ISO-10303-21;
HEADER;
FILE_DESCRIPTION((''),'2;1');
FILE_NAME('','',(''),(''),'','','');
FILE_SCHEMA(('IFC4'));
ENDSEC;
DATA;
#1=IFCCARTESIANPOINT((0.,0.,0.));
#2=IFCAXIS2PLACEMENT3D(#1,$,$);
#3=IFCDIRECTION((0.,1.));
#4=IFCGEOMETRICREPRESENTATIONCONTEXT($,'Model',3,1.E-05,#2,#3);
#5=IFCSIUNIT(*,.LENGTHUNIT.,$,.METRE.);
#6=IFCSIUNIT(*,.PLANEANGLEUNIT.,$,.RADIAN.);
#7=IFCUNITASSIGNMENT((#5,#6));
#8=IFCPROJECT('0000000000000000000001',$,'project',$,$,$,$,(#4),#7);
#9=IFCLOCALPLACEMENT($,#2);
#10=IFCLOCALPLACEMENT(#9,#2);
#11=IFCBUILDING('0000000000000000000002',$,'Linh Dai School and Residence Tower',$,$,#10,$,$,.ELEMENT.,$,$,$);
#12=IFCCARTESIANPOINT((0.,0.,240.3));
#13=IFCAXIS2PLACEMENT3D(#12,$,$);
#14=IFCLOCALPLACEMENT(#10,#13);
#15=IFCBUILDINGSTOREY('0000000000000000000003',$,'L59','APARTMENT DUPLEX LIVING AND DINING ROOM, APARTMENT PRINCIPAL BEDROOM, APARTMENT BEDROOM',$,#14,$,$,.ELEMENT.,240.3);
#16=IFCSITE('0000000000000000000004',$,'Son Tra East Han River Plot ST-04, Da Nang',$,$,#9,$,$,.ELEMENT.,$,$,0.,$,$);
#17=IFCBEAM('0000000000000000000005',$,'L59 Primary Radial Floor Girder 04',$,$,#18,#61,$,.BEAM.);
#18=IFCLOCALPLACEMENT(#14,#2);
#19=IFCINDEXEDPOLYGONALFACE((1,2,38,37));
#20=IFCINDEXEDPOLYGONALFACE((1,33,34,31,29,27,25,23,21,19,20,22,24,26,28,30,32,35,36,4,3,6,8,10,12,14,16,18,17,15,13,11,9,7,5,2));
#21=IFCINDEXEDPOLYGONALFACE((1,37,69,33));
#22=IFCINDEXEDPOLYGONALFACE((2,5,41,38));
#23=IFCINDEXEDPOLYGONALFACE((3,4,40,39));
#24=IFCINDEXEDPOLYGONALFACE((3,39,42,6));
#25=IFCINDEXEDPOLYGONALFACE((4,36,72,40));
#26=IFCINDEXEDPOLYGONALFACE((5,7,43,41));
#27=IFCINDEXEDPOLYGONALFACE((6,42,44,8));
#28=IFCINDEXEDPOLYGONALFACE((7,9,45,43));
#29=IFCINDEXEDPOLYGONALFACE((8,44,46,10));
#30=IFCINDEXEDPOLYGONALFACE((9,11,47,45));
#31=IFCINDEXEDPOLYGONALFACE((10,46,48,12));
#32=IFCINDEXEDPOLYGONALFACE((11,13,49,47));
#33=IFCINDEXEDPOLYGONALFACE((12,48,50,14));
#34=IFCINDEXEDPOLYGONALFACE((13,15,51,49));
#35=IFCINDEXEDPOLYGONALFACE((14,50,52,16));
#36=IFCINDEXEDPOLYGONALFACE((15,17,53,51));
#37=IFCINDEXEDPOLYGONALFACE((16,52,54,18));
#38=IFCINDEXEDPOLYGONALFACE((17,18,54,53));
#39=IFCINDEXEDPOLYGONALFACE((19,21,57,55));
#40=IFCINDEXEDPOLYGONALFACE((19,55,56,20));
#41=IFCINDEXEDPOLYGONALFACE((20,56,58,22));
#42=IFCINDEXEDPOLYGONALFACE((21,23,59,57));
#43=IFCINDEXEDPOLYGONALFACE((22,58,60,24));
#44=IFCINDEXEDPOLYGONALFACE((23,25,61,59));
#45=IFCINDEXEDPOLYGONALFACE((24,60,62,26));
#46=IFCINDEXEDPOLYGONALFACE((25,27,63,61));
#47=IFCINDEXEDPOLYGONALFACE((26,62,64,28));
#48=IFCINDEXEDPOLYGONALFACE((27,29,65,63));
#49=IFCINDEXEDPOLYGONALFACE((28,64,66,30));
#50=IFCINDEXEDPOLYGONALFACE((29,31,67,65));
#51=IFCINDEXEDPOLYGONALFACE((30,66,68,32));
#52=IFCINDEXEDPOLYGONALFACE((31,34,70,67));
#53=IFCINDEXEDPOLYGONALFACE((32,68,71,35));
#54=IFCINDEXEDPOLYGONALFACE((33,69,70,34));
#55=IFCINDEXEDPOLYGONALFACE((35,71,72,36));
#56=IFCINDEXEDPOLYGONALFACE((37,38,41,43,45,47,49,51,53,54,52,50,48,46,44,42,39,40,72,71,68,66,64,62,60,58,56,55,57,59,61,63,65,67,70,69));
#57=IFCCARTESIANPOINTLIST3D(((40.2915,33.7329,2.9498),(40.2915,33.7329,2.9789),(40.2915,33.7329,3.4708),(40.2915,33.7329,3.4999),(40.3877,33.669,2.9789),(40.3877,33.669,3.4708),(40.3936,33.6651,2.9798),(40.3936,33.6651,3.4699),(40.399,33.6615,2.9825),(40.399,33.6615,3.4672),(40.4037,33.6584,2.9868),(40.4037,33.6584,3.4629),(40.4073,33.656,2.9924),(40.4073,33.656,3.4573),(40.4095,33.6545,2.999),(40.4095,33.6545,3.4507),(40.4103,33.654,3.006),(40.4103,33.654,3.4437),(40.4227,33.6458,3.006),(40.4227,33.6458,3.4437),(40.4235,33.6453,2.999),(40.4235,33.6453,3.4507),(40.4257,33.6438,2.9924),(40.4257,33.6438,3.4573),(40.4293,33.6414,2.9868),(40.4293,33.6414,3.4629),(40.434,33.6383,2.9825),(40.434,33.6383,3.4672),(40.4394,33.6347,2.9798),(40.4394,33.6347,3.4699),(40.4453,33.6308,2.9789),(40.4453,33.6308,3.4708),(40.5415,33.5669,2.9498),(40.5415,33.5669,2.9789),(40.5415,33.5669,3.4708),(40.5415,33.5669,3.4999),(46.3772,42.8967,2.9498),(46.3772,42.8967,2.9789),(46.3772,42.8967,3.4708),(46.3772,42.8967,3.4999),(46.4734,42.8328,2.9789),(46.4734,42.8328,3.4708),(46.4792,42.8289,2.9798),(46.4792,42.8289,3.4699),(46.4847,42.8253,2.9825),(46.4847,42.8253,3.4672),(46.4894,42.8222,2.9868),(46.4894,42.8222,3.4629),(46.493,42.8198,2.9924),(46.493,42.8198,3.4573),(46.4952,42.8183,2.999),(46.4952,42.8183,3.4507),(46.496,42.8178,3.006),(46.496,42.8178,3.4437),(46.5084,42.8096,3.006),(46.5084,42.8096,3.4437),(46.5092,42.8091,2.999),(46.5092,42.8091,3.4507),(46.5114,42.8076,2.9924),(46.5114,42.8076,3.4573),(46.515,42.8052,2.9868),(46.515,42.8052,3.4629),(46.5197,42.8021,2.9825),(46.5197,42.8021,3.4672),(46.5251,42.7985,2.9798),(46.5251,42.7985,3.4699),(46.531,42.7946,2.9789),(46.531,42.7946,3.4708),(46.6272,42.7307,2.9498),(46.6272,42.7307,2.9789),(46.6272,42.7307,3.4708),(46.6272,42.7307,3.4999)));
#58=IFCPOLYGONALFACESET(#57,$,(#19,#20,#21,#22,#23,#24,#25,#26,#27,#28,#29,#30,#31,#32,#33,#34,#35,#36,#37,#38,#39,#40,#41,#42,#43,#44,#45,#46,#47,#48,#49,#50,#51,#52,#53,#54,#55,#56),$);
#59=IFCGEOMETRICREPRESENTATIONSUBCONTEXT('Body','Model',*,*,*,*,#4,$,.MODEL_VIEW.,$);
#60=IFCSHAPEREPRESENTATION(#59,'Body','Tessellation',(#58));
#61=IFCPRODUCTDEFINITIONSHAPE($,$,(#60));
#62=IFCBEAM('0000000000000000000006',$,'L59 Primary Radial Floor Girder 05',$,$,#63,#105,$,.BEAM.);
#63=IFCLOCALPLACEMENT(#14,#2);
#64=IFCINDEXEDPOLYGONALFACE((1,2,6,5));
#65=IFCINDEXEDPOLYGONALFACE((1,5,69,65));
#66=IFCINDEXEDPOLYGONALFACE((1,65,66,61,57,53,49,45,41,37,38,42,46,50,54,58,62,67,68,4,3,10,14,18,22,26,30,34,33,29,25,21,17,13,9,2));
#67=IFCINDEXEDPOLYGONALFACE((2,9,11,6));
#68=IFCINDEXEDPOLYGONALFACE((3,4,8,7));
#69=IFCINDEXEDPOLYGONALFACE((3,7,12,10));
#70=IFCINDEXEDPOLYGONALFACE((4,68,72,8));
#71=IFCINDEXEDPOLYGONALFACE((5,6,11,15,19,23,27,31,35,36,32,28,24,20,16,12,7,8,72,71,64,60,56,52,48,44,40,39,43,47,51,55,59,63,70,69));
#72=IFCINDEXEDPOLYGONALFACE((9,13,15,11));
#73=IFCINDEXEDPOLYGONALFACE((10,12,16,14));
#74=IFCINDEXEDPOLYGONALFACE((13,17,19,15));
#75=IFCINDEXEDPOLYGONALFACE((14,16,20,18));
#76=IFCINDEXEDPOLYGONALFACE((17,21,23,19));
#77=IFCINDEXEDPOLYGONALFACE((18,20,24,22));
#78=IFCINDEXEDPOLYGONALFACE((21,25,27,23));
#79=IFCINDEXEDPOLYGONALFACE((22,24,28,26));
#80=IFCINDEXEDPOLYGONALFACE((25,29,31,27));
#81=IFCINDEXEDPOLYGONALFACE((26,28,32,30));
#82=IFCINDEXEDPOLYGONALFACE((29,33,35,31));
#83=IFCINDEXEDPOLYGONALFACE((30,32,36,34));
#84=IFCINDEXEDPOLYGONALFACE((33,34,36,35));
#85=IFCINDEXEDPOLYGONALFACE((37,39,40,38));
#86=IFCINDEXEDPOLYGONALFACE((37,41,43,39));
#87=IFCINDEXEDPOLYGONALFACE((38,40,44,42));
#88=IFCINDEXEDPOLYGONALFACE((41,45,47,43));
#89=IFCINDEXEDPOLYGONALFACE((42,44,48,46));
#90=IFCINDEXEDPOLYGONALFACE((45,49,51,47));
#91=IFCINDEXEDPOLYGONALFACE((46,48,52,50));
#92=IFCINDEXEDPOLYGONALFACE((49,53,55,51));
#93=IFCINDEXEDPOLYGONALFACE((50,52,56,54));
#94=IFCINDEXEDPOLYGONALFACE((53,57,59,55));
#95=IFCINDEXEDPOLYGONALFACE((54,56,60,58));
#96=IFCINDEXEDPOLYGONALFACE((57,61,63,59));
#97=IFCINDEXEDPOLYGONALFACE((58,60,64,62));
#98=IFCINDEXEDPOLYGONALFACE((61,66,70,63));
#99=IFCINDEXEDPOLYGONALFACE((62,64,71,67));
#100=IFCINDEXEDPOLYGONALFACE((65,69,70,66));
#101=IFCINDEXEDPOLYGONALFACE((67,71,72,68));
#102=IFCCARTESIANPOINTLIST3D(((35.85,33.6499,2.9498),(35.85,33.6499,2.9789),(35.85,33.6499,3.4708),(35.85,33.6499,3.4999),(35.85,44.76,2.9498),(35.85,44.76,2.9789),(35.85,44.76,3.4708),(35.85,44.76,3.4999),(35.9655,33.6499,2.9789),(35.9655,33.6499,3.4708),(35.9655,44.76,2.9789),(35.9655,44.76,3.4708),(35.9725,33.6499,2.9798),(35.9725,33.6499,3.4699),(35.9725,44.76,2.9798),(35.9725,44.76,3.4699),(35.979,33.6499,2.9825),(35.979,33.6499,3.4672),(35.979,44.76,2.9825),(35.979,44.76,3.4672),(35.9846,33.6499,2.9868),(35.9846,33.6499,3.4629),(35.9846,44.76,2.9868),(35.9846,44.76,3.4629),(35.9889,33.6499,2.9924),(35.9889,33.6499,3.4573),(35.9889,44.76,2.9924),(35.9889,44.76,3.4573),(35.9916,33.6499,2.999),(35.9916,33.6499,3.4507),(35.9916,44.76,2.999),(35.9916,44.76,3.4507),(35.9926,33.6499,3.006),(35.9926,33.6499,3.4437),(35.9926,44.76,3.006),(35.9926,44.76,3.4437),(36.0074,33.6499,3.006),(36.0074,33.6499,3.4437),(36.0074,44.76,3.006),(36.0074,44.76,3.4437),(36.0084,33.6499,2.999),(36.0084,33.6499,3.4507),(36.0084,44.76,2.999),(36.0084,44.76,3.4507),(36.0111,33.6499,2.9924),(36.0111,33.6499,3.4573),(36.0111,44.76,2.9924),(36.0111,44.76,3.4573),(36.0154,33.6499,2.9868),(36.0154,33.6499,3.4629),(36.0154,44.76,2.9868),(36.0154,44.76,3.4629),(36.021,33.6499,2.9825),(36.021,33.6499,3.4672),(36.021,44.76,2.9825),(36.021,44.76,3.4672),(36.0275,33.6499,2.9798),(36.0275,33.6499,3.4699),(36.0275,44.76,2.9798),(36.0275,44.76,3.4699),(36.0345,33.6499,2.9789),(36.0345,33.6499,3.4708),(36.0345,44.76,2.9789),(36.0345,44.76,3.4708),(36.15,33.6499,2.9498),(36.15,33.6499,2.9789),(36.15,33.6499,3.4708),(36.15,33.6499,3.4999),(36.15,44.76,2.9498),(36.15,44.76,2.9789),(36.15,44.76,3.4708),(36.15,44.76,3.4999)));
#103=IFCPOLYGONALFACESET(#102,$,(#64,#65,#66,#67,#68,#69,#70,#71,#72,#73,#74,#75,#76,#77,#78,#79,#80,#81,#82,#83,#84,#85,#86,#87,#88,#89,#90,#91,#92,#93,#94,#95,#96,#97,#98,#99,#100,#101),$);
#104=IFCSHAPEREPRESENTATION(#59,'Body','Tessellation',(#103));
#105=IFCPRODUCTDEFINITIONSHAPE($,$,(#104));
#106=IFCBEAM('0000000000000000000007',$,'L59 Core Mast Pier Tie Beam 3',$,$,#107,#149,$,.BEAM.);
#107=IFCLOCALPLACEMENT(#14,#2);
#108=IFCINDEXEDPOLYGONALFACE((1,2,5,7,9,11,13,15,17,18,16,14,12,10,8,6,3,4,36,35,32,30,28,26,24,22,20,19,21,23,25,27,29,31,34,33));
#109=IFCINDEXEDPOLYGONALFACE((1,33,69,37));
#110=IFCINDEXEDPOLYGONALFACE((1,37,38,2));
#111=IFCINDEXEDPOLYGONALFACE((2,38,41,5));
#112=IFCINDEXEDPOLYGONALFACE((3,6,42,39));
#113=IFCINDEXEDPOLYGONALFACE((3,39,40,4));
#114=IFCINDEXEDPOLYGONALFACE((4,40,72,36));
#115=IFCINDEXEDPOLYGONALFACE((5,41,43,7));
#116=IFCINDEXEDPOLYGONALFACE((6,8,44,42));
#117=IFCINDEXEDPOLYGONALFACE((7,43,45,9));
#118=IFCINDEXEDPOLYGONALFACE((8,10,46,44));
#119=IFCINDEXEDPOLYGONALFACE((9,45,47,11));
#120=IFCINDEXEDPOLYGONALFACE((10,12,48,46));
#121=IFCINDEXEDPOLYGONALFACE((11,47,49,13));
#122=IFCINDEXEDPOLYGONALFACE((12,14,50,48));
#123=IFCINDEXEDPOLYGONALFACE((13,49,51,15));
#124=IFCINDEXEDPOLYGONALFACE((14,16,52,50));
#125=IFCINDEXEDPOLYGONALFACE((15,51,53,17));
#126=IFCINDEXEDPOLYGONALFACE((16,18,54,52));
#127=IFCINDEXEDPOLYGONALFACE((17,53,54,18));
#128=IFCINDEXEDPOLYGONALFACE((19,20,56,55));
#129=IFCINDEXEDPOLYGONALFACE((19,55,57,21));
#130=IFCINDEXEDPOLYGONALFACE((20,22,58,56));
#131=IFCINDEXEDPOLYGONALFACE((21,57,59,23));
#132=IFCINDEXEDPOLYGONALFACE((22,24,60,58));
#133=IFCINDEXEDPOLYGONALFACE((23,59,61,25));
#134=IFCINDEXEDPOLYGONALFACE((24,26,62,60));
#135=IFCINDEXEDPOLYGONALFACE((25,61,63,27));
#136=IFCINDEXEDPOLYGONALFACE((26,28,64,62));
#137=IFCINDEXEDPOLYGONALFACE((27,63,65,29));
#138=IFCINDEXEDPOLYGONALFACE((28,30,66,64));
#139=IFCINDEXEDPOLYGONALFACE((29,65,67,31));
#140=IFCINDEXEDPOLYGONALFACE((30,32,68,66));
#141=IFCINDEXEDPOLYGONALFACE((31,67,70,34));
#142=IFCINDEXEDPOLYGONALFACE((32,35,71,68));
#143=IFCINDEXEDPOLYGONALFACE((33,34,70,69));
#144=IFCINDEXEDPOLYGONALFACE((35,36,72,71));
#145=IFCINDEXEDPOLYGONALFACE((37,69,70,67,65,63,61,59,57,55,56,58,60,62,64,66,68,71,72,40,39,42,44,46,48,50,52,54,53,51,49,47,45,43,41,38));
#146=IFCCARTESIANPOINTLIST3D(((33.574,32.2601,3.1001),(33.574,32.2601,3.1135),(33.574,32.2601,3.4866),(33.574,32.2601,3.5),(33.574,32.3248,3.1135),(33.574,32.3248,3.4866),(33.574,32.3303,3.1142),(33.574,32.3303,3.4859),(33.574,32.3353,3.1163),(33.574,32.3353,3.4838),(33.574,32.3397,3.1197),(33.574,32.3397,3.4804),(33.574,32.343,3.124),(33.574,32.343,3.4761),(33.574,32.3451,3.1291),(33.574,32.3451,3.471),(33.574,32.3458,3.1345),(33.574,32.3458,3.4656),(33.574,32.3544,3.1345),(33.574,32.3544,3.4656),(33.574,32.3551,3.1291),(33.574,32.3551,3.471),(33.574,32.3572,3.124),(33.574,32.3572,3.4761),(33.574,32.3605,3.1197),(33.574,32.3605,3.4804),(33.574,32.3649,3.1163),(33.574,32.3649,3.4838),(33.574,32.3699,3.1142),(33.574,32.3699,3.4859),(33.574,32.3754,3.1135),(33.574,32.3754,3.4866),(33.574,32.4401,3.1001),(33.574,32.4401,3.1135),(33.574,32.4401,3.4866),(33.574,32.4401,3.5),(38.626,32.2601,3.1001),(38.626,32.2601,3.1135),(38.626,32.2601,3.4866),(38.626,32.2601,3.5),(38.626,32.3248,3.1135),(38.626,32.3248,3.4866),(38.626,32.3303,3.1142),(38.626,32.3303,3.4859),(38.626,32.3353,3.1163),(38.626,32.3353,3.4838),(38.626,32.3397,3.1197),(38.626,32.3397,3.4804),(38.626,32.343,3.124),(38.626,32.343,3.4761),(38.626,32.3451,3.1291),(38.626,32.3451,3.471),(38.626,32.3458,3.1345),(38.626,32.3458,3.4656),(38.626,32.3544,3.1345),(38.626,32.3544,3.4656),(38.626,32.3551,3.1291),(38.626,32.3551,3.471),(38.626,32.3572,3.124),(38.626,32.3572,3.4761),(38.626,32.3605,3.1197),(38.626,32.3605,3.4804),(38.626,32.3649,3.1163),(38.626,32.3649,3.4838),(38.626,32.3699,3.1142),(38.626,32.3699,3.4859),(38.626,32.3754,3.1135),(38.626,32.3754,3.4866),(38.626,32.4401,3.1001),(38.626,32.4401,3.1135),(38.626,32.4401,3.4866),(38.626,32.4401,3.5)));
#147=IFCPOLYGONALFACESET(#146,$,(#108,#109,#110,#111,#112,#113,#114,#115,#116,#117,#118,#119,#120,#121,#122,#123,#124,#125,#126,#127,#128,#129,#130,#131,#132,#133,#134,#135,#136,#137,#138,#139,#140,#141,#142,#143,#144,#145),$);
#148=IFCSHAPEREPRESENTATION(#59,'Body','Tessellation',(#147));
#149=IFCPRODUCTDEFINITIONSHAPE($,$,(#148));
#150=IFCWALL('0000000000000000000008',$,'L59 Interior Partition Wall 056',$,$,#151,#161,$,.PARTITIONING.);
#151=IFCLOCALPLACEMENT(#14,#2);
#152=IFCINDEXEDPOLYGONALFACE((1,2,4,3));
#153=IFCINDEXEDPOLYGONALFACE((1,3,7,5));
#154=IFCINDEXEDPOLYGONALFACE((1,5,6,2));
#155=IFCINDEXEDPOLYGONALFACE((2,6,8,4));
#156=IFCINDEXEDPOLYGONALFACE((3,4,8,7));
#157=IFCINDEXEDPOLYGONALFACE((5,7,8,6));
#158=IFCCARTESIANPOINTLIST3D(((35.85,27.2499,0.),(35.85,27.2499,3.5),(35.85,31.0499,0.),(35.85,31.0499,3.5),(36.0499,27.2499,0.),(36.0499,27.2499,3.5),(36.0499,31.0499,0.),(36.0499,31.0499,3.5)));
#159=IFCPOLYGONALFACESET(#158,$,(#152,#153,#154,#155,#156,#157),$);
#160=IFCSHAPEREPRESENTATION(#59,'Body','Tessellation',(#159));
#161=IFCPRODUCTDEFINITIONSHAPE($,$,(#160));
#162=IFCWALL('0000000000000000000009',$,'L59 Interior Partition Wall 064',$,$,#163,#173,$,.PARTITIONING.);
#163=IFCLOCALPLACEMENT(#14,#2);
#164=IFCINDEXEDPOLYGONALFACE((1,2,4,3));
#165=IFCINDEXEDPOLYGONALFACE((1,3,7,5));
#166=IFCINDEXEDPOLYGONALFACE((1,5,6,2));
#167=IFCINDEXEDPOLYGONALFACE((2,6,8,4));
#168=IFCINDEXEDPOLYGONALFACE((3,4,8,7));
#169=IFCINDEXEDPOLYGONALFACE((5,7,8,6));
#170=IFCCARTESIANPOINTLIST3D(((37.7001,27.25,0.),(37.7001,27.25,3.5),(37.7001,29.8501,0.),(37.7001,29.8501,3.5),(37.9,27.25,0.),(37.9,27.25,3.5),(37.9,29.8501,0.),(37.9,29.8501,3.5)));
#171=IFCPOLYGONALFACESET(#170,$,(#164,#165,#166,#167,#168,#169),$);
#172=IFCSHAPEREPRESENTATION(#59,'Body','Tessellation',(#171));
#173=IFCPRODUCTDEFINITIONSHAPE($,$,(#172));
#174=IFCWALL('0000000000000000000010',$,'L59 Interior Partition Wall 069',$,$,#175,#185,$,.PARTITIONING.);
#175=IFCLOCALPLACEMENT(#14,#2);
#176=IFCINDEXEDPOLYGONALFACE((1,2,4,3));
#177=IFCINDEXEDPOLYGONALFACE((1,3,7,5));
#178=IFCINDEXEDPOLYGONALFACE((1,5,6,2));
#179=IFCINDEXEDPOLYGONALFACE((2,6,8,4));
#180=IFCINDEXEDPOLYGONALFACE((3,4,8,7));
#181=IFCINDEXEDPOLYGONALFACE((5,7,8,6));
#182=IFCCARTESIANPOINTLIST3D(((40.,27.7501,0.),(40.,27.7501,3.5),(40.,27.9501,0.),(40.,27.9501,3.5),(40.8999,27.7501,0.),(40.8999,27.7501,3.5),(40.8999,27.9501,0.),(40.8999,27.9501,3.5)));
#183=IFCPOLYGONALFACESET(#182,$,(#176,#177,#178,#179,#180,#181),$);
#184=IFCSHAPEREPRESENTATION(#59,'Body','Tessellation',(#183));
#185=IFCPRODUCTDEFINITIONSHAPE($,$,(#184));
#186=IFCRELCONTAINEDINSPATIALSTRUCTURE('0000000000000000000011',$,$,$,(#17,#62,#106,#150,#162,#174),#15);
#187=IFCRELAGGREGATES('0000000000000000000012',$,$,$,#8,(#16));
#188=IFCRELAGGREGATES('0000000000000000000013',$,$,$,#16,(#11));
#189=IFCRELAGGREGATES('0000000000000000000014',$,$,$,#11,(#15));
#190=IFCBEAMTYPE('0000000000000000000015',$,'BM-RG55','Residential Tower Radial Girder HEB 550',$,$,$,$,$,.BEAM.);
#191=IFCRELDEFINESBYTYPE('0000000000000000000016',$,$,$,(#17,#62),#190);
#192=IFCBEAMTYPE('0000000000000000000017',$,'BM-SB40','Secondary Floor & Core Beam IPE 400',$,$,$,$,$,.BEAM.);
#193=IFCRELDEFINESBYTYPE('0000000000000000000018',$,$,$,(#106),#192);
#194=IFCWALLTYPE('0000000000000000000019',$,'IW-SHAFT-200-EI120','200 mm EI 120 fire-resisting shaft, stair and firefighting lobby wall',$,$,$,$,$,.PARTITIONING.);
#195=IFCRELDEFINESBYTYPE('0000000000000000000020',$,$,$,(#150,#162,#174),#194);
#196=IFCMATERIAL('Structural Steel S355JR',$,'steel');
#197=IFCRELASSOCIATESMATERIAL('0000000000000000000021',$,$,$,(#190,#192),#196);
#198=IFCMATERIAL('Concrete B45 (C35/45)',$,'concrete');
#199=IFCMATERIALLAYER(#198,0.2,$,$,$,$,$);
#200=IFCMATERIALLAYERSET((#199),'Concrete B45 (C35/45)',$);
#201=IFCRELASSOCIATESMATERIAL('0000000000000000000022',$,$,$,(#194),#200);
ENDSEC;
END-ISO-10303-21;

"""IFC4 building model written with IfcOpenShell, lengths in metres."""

from ifc_helpers import new_model, si_unit, direction, frame, frame_2d, origin, origin_2d, place, context, subcontext, project, spatial, rectangle, i_section, extrude, material, layer, layer_set, material_profile, profile_set, type_object, element, save


model = new_model("IFC4")

# Units and contexts
model_context = context("Model", 3, precision=1e-05, world=origin(), true_north=direction((0.0, 1.0)))
body_context = subcontext(model_context, "Body", "Model", "MODEL_VIEW")
ifc_project = project(units=[si_unit("LENGTHUNIT", "METRE"), si_unit("PLANEANGLEUNIT", "RADIAN")], contexts=[model_context])

# Site, building, storey
site_placement = place(None, origin())
site = spatial("IfcSite", under=ifc_project, at=site_placement, Name="Son Tra East Han River Plot ST-04, Da Nang", CompositionType="ELEMENT", RefElevation=0.0)
building_placement = place(site_placement, origin())
building = spatial("IfcBuilding", under=site, at=building_placement, Name="Linh Dai School and Residence Tower", CompositionType="ELEMENT")
storey_placement = place(building_placement, frame((0.0, 0.0, 240.3)))
storey = spatial("IfcBuildingStorey", under=building, at=storey_placement, Name="L59", Description="APARTMENT DUPLEX LIVING AND DINING ROOM, APARTMENT PRINCIPAL BEDROOM, APARTMENT BEDROOM", CompositionType="ELEMENT", Elevation=240.3)

# Shared definitions
ifc_material_1 = material(Name="Structural Steel S355JR", Category="steel")

# Beams
ifc_material_profile_1 = material_profile(ifc_material_1, i_section(OverallWidth=0.3, OverallDepth=0.55, WebThickness=0.0149, FlangeThickness=0.0291, FilletRadius=0.0271, at=origin_2d()), Name="HEB 550")
ifc_profile_set_1 = profile_set([ifc_material_profile_1], Name="Structural Steel S355JR")
beam_type_1 = type_object("IfcBeamType", Name="BM-RG55", Description="Residential Tower Radial Girder HEB 550", PredefinedType="BEAM", material=ifc_profile_set_1)
beam_1_placement = place(storey_placement, frame((40.4165, 33.6499, 3.2249), z_axis=(0.553219, 0.833036, 0.0), x_axis=(-0.833036, 0.553219, 0.0)))
element("IfcBeam", 1, at=beam_1_placement, inside=storey, type_object=beam_type_1, Name="L59 Primary Radial Floor Girder 04", PredefinedType="BEAM", context=body_context, shape_type="SweptSolid", body=[
    extrude(i_section(OverallWidth=0.3, OverallDepth=0.55, WebThickness=0.0149, FlangeThickness=0.0291, FilletRadius=0.0271, at=origin_2d()), origin(), (0.0, 0.0, 1.0), 11.0005),
])
beam_2_placement = place(storey_placement, frame((36.0, 33.6499, 3.2249), z_axis=(0.0, 1.0, 0.0), x_axis=(-1.0, 0.0, 0.0)))
element("IfcBeam", 2, at=beam_2_placement, inside=storey, type_object=beam_type_1, Name="L59 Primary Radial Floor Girder 05", PredefinedType="BEAM", context=body_context, shape_type="SweptSolid", body=[
    extrude(i_section(OverallWidth=0.3, OverallDepth=0.55, WebThickness=0.0149, FlangeThickness=0.0291, FilletRadius=0.0271, at=origin_2d()), origin(), (0.0, 0.0, 1.0), 11.1101),
])
ifc_material_profile_2 = material_profile(ifc_material_1, i_section(OverallWidth=0.1799, OverallDepth=0.3999, WebThickness=0.0085, FlangeThickness=0.0134, FilletRadius=0.021, at=origin_2d()), Name="IPE 400")
ifc_profile_set_2 = profile_set([ifc_material_profile_2], Name="Structural Steel S355JR")
beam_type_2 = type_object("IfcBeamType", Name="BM-SB40", Description="Secondary Floor & Core Beam IPE 400", PredefinedType="BEAM", material=ifc_profile_set_2)
beam_3_placement = place(storey_placement, frame((38.626, 32.3501, 3.3), z_axis=(-1.0, 0.0, 0.0), x_axis=(0.0, -1.0, 0.0)))
element("IfcBeam", 3, at=beam_3_placement, inside=storey, type_object=beam_type_2, Name="L59 Core Mast Pier Tie Beam 3", PredefinedType="BEAM", context=body_context, shape_type="SweptSolid", body=[
    extrude(i_section(OverallWidth=0.1799, OverallDepth=0.3999, WebThickness=0.0085, FlangeThickness=0.0134, FilletRadius=0.021, at=origin_2d()), origin(), (0.0, 0.0, 1.0), 5.052),
])

# Wall
ifc_material_2 = material(Name="Concrete B45 (C35/45)", Category="concrete")
ifc_layer_1 = layer(ifc_material_2, 0.2)
ifc_layer_set_1 = layer_set([ifc_layer_1], Name="Concrete B45 (C35/45)")
wall_type_1 = type_object("IfcWallType", Name="IW-SHAFT-200-EI120", Description="200 mm EI 120 fire-resisting shaft, stair and firefighting lobby wall", PredefinedType="PARTITIONING", material=ifc_layer_set_1)
wall_1_placement = place(storey_placement, frame((35.95, 27.25, 0.0), z_axis=(0.0, 0.0, 1.0), x_axis=(0.0, 1.0, 0.0)))
element("IfcWall", 4, at=wall_1_placement, inside=storey, type_object=wall_type_1, Name="L59 Interior Partition Wall 056", PredefinedType="PARTITIONING", context=body_context, shape_type="SweptSolid", body=[
    extrude(rectangle(XDim=3.8, YDim=0.2, at=frame_2d((1.8999, 0.0))), origin(), (0.0, 0.0, 1.0), 3.5),
])

# Walls
wall_2_placement = place(storey_placement, frame((37.8, 27.25, 0.0), z_axis=(0.0, 0.0, 1.0), x_axis=(0.0, 1.0, 0.0)))
element("IfcWall", 5, at=wall_2_placement, inside=storey, type_object=wall_type_1, Name="L59 Interior Partition Wall 064", PredefinedType="PARTITIONING", context=body_context, shape_type="SweptSolid", body=[
    extrude(rectangle(XDim=2.6001, YDim=0.2, at=frame_2d((1.3, 0.0))), origin(), (0.0, 0.0, 1.0), 3.5),
])
wall_3_placement = place(storey_placement, frame((40.0, 27.8501, 0.0), z_axis=(0.0, 0.0, 1.0), x_axis=(1.0, 0.0, 0.0)))
element("IfcWall", 6, at=wall_3_placement, inside=storey, type_object=wall_type_1, Name="L59 Interior Partition Wall 069", PredefinedType="PARTITIONING", context=body_context, shape_type="SweptSolid", body=[
    extrude(rectangle(XDim=0.8999, YDim=0.2, at=frame_2d((0.45, 0.0))), origin(), (0.0, 0.0, 1.0), 3.5),
])

save(model, "model.ifc")
